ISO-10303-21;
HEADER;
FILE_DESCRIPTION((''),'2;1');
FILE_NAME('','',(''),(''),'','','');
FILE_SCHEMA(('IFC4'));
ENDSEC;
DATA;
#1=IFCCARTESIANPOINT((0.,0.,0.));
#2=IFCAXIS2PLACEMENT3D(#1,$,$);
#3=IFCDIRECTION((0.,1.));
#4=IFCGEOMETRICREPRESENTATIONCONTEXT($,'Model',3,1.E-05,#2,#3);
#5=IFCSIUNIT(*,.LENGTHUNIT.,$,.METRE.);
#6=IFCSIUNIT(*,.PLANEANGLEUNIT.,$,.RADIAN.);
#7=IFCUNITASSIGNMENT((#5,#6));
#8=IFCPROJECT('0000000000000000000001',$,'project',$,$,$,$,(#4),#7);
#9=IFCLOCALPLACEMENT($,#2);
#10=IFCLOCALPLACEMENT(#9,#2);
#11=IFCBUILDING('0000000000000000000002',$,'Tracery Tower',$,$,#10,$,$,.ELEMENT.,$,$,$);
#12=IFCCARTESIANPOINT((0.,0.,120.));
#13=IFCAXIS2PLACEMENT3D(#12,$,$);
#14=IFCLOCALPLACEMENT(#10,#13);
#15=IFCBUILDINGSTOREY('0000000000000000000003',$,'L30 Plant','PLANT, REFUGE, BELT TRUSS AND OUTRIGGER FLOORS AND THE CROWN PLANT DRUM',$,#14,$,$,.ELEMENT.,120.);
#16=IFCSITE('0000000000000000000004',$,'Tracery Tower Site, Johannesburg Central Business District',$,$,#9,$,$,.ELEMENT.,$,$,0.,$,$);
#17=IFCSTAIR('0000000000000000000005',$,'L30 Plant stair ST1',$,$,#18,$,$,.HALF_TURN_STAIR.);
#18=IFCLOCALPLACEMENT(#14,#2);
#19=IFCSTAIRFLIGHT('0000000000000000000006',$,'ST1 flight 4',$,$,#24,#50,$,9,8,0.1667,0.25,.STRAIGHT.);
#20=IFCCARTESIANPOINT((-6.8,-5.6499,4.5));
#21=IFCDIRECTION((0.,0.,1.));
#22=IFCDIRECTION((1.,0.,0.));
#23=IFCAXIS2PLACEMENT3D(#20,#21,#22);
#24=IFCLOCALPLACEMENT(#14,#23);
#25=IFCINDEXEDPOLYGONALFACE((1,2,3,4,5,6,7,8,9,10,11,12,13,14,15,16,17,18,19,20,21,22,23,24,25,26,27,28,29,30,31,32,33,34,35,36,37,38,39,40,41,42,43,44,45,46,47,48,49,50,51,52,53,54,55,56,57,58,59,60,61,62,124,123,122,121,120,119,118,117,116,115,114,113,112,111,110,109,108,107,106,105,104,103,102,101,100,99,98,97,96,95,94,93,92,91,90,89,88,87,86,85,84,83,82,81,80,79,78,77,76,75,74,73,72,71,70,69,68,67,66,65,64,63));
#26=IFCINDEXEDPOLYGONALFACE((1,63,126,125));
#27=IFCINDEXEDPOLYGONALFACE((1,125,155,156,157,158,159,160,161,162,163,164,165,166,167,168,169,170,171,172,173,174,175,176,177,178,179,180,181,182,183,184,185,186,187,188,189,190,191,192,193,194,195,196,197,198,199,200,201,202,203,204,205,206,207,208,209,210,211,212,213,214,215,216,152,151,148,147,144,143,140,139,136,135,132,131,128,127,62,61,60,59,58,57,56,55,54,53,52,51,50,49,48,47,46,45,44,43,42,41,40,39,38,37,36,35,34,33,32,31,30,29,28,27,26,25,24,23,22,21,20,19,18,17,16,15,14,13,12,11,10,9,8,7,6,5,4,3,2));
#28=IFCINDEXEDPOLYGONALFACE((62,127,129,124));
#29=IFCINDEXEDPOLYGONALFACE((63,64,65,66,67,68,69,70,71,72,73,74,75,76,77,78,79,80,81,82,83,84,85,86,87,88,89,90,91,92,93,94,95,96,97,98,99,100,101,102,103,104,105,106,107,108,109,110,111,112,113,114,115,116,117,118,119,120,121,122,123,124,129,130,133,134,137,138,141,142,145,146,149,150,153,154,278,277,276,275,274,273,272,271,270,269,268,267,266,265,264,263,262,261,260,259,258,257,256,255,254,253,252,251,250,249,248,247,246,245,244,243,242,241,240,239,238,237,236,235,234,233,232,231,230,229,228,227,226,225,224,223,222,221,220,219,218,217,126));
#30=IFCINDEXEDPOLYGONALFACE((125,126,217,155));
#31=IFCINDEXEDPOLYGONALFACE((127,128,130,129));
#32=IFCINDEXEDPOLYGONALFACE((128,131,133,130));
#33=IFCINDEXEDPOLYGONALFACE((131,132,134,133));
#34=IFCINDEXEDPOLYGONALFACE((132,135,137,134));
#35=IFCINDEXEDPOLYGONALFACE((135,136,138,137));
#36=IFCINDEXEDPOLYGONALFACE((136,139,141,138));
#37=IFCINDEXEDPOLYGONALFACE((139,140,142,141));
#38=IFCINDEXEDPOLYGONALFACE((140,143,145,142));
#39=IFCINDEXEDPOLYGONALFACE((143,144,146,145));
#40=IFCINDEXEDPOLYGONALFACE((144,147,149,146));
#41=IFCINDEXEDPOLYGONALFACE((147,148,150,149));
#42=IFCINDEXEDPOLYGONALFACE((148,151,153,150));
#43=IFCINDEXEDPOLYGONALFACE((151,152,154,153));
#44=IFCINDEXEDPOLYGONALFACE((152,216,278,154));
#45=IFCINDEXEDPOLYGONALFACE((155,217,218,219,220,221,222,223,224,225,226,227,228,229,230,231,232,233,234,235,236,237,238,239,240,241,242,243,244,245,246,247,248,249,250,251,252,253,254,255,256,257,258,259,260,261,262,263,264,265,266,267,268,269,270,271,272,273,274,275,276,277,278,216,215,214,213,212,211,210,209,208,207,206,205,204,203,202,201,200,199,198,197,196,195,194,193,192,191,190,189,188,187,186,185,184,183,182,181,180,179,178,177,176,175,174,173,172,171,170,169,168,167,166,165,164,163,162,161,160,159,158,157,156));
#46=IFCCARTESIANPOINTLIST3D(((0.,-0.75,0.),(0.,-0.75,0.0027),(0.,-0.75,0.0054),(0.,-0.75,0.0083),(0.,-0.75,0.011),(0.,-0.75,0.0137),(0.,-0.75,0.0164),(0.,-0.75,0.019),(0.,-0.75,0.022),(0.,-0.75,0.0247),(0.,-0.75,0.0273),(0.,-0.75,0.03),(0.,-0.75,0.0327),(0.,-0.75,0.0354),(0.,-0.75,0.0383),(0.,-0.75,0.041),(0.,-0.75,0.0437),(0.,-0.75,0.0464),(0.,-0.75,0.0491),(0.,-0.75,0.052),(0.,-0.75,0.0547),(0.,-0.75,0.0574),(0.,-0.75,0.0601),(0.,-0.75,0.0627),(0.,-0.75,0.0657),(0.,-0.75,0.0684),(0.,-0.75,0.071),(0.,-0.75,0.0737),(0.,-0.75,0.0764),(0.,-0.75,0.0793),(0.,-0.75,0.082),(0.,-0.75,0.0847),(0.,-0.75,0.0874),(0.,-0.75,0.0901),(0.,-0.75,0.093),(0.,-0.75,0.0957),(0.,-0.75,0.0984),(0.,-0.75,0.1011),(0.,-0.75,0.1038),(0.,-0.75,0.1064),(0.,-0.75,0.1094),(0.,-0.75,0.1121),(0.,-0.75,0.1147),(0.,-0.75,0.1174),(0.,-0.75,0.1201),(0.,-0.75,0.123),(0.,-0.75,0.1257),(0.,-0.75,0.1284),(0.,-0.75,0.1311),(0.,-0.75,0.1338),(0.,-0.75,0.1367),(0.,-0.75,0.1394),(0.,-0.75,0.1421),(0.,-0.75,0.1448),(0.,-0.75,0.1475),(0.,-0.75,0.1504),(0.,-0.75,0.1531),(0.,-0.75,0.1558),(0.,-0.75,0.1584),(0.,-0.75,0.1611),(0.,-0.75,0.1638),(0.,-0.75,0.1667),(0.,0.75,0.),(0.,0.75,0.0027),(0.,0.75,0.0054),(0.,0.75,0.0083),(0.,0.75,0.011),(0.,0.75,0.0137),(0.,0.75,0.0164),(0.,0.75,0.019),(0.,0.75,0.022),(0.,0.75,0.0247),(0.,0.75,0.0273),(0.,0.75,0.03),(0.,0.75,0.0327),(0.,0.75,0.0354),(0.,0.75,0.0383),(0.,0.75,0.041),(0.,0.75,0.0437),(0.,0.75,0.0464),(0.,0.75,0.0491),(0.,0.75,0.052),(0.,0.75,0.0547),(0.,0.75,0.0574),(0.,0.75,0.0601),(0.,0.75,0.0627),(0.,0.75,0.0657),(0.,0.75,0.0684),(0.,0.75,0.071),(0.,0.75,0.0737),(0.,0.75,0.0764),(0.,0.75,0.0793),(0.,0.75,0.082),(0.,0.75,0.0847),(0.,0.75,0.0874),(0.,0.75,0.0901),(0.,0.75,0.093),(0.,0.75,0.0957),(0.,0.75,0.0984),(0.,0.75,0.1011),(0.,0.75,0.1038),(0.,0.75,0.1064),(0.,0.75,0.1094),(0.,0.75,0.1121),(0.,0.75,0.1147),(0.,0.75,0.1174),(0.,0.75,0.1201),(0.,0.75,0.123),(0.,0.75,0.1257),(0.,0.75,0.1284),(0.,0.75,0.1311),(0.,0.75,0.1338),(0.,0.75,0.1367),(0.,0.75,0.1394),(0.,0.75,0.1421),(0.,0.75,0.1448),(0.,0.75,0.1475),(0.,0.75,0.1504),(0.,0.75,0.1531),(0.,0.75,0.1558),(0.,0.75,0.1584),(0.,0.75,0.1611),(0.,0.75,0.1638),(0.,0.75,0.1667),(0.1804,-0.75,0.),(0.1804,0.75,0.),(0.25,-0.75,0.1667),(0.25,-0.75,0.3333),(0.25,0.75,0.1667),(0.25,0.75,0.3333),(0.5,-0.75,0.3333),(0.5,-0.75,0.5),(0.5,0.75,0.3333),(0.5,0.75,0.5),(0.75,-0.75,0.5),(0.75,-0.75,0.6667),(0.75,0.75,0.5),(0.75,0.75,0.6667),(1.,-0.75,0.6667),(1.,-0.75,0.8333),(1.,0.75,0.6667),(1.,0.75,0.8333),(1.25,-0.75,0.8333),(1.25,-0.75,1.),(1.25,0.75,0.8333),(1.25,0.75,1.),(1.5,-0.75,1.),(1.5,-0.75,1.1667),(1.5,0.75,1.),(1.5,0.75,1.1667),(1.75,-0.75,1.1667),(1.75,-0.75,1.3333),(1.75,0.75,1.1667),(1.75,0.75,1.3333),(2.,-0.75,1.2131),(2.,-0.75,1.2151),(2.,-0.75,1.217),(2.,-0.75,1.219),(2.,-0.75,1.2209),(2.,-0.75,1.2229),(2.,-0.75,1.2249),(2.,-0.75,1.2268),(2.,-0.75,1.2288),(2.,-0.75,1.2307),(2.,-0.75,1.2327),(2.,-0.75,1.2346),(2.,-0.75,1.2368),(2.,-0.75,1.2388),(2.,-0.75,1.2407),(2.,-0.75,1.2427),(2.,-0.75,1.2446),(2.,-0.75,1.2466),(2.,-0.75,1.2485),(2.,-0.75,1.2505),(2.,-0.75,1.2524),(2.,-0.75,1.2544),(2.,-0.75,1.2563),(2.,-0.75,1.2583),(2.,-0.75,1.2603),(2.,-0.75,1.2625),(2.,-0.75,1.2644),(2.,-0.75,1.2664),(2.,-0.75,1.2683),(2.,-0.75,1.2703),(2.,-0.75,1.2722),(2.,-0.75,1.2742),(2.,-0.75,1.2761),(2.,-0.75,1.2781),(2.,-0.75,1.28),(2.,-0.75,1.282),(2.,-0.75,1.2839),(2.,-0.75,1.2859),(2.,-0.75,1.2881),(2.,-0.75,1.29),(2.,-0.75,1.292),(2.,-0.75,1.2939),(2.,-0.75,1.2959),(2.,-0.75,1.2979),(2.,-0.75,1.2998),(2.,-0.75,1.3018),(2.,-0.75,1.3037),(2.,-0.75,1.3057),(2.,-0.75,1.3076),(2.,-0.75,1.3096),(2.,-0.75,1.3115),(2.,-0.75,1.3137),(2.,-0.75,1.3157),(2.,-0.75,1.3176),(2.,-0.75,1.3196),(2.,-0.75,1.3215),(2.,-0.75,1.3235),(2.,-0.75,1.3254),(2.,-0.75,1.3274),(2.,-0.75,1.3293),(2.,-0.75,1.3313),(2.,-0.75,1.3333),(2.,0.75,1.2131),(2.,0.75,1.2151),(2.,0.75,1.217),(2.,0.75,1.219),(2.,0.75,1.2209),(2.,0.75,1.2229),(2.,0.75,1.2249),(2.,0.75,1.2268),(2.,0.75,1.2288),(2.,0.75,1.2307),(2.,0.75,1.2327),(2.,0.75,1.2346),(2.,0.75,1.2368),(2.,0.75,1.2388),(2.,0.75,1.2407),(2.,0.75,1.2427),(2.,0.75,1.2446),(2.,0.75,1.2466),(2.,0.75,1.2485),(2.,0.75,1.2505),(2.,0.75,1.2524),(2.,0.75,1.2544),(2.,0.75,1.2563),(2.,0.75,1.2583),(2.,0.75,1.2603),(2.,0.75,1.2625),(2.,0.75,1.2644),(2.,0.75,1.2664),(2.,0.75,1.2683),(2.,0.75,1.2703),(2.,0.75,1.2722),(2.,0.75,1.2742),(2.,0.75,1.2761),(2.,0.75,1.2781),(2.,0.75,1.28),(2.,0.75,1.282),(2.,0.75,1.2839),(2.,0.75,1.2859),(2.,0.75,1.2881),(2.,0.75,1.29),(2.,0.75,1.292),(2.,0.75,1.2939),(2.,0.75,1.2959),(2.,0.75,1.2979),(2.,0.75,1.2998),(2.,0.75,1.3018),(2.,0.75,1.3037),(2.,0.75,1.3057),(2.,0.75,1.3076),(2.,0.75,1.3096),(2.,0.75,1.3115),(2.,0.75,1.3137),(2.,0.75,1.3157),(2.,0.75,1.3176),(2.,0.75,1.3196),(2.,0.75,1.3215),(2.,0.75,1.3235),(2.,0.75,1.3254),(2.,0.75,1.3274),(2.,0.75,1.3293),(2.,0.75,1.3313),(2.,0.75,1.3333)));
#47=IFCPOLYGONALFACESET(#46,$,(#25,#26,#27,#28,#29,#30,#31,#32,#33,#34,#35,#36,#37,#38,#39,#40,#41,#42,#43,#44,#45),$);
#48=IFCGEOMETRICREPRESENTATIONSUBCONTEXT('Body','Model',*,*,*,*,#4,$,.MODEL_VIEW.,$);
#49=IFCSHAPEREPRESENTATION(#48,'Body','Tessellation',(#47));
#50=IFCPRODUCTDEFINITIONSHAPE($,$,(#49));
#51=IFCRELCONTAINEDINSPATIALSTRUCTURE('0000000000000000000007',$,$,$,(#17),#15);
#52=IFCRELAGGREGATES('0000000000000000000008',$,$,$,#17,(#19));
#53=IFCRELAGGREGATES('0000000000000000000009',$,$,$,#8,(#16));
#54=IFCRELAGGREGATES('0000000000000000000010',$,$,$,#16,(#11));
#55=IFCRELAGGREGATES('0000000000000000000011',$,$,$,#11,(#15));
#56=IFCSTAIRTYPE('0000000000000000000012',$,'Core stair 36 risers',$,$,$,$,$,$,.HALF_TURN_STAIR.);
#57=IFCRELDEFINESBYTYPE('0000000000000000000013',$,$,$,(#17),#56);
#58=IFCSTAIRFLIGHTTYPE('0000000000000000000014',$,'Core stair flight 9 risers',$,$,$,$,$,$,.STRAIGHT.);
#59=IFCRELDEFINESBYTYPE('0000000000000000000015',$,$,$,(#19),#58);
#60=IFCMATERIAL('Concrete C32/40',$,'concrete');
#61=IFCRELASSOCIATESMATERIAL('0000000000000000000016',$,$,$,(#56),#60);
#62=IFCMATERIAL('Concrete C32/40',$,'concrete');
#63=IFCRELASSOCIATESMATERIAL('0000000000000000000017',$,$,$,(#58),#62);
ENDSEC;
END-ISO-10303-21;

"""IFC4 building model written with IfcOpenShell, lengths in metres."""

from ifc_helpers import new_model, si_unit, direction, frame, origin, place, context, subcontext, project, spatial, polyline, outline, extrude, material, type_object, element, aggregate, save


model = new_model("IFC4")

# Units and contexts
model_context = context("Model", 3, precision=1e-05, world=origin(), true_north=direction((0.0, 1.0)))
body_context = subcontext(model_context, "Body", "Model", "MODEL_VIEW")
ifc_project = project(units=[si_unit("LENGTHUNIT", "METRE"), si_unit("PLANEANGLEUNIT", "RADIAN")], contexts=[model_context])

# Site, building, storey
site_placement = place(None, origin())
site = spatial("IfcSite", under=ifc_project, at=site_placement, Name="Tracery Tower Site, Johannesburg Central Business District", CompositionType="ELEMENT", RefElevation=0.0)
building_placement = place(site_placement, origin())
building = spatial("IfcBuilding", under=site, at=building_placement, Name="Tracery Tower", CompositionType="ELEMENT")
storey_placement = place(building_placement, frame((0.0, 0.0, 120.0)))
storey = spatial("IfcBuildingStorey", under=building, at=storey_placement, Name="L30 Plant", Description="PLANT, REFUGE, BELT TRUSS AND OUTRIGGER FLOORS AND THE CROWN PLANT DRUM", CompositionType="ELEMENT", Elevation=120.0)

# Stair, stair flight
ifc_material_1 = material(Name="Concrete C32/40", Category="concrete")
stair_type = type_object("IfcStairType", Name="Core stair 36 risers", PredefinedType="HALF_TURN_STAIR", material=ifc_material_1)
stair_placement = place(storey_placement, origin())
stair = element("IfcStair", 1, at=stair_placement, inside=storey, type_object=stair_type, Name="L30 Plant stair ST1", PredefinedType="HALF_TURN_STAIR")
ifc_material_2 = material(Name="Concrete C32/40", Category="concrete")
stair_flight_type = type_object("IfcStairFlightType", Name="Core stair flight 9 risers", PredefinedType="STRAIGHT", material=ifc_material_2)
stair_flight_1_placement = place(storey_placement, frame((-6.8, -5.6499, 4.5), z_axis=(0.0, 0.0, 1.0), x_axis=(1.0, 0.0, 0.0)))
stair_flight_1 = element("IfcStairFlight", 2, at=stair_flight_1_placement, type_object=stair_flight_type, Name="ST1 flight 4", NumberOfRisers=9, NumberOfTreads=8, PredefinedType="STRAIGHT", RiserHeight=0.1667, TreadLength=0.25, context=body_context, shape_type="SweptSolid", body=[
    extrude(outline(polyline([(0.0, 0.0), (0.0, 0.0027), (0.0, 0.0054), (0.0, 0.0083), (0.0, 0.011), (0.0, 0.0137), (0.0, 0.0164), (0.0, 0.019), (0.0, 0.022), (0.0, 0.0247), (0.0, 0.0273), (0.0, 0.03), (0.0, 0.0327), (0.0, 0.0354), (0.0, 0.0383), (0.0, 0.041), (0.0, 0.0437), (0.0, 0.0464), (0.0, 0.0491), (0.0, 0.052), (0.0, 0.0547), (0.0, 0.0574), (0.0, 0.0601), (0.0, 0.0627), (0.0, 0.0657), (0.0, 0.0684), (0.0, 0.071), (0.0, 0.0737), (0.0, 0.0764), (0.0, 0.0793), (0.0, 0.082), (0.0, 0.0847), (0.0, 0.0874), (0.0, 0.0901), (0.0, 0.093), (0.0, 0.0957), (0.0, 0.0984), (0.0, 0.1011), (0.0, 0.1038), (0.0, 0.1064), (0.0, 0.1094), (0.0, 0.1121), (0.0, 0.1147), (0.0, 0.1174), (0.0, 0.1201), (0.0, 0.123), (0.0, 0.1257), (0.0, 0.1284), (0.0, 0.1311), (0.0, 0.1338), (0.0, 0.1367), (0.0, 0.1394), (0.0, 0.1421), (0.0, 0.1448), (0.0, 0.1475), (0.0, 0.1504), (0.0, 0.1531), (0.0, 0.1558), (0.0, 0.1584), (0.0, 0.1611), (0.0, 0.1638), (0.0, 0.1667), (0.25, 0.1667), (0.25, 0.3333), (0.5, 0.3333), (0.5, 0.5), (0.75, 0.5), (0.75, 0.6667), (1.0, 0.6667), (1.0, 0.8333), (1.25, 0.8333), (1.25, 1.0), (1.5, 1.0), (1.5, 1.1667), (1.75, 1.1667), (1.75, 1.3333), (2.0, 1.3333), (2.0, 1.3313), (2.0, 1.3293), (2.0, 1.3274), (2.0, 1.3254), (2.0, 1.3235), (2.0, 1.3215), (2.0, 1.3196), (2.0, 1.3176), (2.0, 1.3157), (2.0, 1.3137), (2.0, 1.3115), (2.0, 1.3096), (2.0, 1.3076), (2.0, 1.3057), (2.0, 1.3037), (2.0, 1.3018), (2.0, 1.2998), (2.0, 1.2979), (2.0, 1.2959), (2.0, 1.2939), (2.0, 1.292), (2.0, 1.29), (2.0, 1.2881), (2.0, 1.2859), (2.0, 1.2839), (2.0, 1.282), (2.0, 1.28), (2.0, 1.2781), (2.0, 1.2761), (2.0, 1.2742), (2.0, 1.2722), (2.0, 1.2703), (2.0, 1.2683), (2.0, 1.2664), (2.0, 1.2644), (2.0, 1.2625), (2.0, 1.2603), (2.0, 1.2583), (2.0, 1.2563), (2.0, 1.2544), (2.0, 1.2524), (2.0, 1.2505), (2.0, 1.2485), (2.0, 1.2466), (2.0, 1.2446), (2.0, 1.2427), (2.0, 1.2407), (2.0, 1.2388), (2.0, 1.2368), (2.0, 1.2346), (2.0, 1.2327), (2.0, 1.2307), (2.0, 1.2288), (2.0, 1.2268), (2.0, 1.2249), (2.0, 1.2229), (2.0, 1.2209), (2.0, 1.219), (2.0, 1.217), (2.0, 1.2151), (2.0, 1.2131), (0.1804, 0.0), (0.0, 0.0)])), frame((0.0, 0.75, 0.0), z_axis=(0.0, -1.0, 0.0), x_axis=(1.0, 0.0, 0.0)), (0.0, 0.0, 1.0), 1.5),
])
aggregate(stair, [stair_flight_1])

save(model, "model.ifc")
